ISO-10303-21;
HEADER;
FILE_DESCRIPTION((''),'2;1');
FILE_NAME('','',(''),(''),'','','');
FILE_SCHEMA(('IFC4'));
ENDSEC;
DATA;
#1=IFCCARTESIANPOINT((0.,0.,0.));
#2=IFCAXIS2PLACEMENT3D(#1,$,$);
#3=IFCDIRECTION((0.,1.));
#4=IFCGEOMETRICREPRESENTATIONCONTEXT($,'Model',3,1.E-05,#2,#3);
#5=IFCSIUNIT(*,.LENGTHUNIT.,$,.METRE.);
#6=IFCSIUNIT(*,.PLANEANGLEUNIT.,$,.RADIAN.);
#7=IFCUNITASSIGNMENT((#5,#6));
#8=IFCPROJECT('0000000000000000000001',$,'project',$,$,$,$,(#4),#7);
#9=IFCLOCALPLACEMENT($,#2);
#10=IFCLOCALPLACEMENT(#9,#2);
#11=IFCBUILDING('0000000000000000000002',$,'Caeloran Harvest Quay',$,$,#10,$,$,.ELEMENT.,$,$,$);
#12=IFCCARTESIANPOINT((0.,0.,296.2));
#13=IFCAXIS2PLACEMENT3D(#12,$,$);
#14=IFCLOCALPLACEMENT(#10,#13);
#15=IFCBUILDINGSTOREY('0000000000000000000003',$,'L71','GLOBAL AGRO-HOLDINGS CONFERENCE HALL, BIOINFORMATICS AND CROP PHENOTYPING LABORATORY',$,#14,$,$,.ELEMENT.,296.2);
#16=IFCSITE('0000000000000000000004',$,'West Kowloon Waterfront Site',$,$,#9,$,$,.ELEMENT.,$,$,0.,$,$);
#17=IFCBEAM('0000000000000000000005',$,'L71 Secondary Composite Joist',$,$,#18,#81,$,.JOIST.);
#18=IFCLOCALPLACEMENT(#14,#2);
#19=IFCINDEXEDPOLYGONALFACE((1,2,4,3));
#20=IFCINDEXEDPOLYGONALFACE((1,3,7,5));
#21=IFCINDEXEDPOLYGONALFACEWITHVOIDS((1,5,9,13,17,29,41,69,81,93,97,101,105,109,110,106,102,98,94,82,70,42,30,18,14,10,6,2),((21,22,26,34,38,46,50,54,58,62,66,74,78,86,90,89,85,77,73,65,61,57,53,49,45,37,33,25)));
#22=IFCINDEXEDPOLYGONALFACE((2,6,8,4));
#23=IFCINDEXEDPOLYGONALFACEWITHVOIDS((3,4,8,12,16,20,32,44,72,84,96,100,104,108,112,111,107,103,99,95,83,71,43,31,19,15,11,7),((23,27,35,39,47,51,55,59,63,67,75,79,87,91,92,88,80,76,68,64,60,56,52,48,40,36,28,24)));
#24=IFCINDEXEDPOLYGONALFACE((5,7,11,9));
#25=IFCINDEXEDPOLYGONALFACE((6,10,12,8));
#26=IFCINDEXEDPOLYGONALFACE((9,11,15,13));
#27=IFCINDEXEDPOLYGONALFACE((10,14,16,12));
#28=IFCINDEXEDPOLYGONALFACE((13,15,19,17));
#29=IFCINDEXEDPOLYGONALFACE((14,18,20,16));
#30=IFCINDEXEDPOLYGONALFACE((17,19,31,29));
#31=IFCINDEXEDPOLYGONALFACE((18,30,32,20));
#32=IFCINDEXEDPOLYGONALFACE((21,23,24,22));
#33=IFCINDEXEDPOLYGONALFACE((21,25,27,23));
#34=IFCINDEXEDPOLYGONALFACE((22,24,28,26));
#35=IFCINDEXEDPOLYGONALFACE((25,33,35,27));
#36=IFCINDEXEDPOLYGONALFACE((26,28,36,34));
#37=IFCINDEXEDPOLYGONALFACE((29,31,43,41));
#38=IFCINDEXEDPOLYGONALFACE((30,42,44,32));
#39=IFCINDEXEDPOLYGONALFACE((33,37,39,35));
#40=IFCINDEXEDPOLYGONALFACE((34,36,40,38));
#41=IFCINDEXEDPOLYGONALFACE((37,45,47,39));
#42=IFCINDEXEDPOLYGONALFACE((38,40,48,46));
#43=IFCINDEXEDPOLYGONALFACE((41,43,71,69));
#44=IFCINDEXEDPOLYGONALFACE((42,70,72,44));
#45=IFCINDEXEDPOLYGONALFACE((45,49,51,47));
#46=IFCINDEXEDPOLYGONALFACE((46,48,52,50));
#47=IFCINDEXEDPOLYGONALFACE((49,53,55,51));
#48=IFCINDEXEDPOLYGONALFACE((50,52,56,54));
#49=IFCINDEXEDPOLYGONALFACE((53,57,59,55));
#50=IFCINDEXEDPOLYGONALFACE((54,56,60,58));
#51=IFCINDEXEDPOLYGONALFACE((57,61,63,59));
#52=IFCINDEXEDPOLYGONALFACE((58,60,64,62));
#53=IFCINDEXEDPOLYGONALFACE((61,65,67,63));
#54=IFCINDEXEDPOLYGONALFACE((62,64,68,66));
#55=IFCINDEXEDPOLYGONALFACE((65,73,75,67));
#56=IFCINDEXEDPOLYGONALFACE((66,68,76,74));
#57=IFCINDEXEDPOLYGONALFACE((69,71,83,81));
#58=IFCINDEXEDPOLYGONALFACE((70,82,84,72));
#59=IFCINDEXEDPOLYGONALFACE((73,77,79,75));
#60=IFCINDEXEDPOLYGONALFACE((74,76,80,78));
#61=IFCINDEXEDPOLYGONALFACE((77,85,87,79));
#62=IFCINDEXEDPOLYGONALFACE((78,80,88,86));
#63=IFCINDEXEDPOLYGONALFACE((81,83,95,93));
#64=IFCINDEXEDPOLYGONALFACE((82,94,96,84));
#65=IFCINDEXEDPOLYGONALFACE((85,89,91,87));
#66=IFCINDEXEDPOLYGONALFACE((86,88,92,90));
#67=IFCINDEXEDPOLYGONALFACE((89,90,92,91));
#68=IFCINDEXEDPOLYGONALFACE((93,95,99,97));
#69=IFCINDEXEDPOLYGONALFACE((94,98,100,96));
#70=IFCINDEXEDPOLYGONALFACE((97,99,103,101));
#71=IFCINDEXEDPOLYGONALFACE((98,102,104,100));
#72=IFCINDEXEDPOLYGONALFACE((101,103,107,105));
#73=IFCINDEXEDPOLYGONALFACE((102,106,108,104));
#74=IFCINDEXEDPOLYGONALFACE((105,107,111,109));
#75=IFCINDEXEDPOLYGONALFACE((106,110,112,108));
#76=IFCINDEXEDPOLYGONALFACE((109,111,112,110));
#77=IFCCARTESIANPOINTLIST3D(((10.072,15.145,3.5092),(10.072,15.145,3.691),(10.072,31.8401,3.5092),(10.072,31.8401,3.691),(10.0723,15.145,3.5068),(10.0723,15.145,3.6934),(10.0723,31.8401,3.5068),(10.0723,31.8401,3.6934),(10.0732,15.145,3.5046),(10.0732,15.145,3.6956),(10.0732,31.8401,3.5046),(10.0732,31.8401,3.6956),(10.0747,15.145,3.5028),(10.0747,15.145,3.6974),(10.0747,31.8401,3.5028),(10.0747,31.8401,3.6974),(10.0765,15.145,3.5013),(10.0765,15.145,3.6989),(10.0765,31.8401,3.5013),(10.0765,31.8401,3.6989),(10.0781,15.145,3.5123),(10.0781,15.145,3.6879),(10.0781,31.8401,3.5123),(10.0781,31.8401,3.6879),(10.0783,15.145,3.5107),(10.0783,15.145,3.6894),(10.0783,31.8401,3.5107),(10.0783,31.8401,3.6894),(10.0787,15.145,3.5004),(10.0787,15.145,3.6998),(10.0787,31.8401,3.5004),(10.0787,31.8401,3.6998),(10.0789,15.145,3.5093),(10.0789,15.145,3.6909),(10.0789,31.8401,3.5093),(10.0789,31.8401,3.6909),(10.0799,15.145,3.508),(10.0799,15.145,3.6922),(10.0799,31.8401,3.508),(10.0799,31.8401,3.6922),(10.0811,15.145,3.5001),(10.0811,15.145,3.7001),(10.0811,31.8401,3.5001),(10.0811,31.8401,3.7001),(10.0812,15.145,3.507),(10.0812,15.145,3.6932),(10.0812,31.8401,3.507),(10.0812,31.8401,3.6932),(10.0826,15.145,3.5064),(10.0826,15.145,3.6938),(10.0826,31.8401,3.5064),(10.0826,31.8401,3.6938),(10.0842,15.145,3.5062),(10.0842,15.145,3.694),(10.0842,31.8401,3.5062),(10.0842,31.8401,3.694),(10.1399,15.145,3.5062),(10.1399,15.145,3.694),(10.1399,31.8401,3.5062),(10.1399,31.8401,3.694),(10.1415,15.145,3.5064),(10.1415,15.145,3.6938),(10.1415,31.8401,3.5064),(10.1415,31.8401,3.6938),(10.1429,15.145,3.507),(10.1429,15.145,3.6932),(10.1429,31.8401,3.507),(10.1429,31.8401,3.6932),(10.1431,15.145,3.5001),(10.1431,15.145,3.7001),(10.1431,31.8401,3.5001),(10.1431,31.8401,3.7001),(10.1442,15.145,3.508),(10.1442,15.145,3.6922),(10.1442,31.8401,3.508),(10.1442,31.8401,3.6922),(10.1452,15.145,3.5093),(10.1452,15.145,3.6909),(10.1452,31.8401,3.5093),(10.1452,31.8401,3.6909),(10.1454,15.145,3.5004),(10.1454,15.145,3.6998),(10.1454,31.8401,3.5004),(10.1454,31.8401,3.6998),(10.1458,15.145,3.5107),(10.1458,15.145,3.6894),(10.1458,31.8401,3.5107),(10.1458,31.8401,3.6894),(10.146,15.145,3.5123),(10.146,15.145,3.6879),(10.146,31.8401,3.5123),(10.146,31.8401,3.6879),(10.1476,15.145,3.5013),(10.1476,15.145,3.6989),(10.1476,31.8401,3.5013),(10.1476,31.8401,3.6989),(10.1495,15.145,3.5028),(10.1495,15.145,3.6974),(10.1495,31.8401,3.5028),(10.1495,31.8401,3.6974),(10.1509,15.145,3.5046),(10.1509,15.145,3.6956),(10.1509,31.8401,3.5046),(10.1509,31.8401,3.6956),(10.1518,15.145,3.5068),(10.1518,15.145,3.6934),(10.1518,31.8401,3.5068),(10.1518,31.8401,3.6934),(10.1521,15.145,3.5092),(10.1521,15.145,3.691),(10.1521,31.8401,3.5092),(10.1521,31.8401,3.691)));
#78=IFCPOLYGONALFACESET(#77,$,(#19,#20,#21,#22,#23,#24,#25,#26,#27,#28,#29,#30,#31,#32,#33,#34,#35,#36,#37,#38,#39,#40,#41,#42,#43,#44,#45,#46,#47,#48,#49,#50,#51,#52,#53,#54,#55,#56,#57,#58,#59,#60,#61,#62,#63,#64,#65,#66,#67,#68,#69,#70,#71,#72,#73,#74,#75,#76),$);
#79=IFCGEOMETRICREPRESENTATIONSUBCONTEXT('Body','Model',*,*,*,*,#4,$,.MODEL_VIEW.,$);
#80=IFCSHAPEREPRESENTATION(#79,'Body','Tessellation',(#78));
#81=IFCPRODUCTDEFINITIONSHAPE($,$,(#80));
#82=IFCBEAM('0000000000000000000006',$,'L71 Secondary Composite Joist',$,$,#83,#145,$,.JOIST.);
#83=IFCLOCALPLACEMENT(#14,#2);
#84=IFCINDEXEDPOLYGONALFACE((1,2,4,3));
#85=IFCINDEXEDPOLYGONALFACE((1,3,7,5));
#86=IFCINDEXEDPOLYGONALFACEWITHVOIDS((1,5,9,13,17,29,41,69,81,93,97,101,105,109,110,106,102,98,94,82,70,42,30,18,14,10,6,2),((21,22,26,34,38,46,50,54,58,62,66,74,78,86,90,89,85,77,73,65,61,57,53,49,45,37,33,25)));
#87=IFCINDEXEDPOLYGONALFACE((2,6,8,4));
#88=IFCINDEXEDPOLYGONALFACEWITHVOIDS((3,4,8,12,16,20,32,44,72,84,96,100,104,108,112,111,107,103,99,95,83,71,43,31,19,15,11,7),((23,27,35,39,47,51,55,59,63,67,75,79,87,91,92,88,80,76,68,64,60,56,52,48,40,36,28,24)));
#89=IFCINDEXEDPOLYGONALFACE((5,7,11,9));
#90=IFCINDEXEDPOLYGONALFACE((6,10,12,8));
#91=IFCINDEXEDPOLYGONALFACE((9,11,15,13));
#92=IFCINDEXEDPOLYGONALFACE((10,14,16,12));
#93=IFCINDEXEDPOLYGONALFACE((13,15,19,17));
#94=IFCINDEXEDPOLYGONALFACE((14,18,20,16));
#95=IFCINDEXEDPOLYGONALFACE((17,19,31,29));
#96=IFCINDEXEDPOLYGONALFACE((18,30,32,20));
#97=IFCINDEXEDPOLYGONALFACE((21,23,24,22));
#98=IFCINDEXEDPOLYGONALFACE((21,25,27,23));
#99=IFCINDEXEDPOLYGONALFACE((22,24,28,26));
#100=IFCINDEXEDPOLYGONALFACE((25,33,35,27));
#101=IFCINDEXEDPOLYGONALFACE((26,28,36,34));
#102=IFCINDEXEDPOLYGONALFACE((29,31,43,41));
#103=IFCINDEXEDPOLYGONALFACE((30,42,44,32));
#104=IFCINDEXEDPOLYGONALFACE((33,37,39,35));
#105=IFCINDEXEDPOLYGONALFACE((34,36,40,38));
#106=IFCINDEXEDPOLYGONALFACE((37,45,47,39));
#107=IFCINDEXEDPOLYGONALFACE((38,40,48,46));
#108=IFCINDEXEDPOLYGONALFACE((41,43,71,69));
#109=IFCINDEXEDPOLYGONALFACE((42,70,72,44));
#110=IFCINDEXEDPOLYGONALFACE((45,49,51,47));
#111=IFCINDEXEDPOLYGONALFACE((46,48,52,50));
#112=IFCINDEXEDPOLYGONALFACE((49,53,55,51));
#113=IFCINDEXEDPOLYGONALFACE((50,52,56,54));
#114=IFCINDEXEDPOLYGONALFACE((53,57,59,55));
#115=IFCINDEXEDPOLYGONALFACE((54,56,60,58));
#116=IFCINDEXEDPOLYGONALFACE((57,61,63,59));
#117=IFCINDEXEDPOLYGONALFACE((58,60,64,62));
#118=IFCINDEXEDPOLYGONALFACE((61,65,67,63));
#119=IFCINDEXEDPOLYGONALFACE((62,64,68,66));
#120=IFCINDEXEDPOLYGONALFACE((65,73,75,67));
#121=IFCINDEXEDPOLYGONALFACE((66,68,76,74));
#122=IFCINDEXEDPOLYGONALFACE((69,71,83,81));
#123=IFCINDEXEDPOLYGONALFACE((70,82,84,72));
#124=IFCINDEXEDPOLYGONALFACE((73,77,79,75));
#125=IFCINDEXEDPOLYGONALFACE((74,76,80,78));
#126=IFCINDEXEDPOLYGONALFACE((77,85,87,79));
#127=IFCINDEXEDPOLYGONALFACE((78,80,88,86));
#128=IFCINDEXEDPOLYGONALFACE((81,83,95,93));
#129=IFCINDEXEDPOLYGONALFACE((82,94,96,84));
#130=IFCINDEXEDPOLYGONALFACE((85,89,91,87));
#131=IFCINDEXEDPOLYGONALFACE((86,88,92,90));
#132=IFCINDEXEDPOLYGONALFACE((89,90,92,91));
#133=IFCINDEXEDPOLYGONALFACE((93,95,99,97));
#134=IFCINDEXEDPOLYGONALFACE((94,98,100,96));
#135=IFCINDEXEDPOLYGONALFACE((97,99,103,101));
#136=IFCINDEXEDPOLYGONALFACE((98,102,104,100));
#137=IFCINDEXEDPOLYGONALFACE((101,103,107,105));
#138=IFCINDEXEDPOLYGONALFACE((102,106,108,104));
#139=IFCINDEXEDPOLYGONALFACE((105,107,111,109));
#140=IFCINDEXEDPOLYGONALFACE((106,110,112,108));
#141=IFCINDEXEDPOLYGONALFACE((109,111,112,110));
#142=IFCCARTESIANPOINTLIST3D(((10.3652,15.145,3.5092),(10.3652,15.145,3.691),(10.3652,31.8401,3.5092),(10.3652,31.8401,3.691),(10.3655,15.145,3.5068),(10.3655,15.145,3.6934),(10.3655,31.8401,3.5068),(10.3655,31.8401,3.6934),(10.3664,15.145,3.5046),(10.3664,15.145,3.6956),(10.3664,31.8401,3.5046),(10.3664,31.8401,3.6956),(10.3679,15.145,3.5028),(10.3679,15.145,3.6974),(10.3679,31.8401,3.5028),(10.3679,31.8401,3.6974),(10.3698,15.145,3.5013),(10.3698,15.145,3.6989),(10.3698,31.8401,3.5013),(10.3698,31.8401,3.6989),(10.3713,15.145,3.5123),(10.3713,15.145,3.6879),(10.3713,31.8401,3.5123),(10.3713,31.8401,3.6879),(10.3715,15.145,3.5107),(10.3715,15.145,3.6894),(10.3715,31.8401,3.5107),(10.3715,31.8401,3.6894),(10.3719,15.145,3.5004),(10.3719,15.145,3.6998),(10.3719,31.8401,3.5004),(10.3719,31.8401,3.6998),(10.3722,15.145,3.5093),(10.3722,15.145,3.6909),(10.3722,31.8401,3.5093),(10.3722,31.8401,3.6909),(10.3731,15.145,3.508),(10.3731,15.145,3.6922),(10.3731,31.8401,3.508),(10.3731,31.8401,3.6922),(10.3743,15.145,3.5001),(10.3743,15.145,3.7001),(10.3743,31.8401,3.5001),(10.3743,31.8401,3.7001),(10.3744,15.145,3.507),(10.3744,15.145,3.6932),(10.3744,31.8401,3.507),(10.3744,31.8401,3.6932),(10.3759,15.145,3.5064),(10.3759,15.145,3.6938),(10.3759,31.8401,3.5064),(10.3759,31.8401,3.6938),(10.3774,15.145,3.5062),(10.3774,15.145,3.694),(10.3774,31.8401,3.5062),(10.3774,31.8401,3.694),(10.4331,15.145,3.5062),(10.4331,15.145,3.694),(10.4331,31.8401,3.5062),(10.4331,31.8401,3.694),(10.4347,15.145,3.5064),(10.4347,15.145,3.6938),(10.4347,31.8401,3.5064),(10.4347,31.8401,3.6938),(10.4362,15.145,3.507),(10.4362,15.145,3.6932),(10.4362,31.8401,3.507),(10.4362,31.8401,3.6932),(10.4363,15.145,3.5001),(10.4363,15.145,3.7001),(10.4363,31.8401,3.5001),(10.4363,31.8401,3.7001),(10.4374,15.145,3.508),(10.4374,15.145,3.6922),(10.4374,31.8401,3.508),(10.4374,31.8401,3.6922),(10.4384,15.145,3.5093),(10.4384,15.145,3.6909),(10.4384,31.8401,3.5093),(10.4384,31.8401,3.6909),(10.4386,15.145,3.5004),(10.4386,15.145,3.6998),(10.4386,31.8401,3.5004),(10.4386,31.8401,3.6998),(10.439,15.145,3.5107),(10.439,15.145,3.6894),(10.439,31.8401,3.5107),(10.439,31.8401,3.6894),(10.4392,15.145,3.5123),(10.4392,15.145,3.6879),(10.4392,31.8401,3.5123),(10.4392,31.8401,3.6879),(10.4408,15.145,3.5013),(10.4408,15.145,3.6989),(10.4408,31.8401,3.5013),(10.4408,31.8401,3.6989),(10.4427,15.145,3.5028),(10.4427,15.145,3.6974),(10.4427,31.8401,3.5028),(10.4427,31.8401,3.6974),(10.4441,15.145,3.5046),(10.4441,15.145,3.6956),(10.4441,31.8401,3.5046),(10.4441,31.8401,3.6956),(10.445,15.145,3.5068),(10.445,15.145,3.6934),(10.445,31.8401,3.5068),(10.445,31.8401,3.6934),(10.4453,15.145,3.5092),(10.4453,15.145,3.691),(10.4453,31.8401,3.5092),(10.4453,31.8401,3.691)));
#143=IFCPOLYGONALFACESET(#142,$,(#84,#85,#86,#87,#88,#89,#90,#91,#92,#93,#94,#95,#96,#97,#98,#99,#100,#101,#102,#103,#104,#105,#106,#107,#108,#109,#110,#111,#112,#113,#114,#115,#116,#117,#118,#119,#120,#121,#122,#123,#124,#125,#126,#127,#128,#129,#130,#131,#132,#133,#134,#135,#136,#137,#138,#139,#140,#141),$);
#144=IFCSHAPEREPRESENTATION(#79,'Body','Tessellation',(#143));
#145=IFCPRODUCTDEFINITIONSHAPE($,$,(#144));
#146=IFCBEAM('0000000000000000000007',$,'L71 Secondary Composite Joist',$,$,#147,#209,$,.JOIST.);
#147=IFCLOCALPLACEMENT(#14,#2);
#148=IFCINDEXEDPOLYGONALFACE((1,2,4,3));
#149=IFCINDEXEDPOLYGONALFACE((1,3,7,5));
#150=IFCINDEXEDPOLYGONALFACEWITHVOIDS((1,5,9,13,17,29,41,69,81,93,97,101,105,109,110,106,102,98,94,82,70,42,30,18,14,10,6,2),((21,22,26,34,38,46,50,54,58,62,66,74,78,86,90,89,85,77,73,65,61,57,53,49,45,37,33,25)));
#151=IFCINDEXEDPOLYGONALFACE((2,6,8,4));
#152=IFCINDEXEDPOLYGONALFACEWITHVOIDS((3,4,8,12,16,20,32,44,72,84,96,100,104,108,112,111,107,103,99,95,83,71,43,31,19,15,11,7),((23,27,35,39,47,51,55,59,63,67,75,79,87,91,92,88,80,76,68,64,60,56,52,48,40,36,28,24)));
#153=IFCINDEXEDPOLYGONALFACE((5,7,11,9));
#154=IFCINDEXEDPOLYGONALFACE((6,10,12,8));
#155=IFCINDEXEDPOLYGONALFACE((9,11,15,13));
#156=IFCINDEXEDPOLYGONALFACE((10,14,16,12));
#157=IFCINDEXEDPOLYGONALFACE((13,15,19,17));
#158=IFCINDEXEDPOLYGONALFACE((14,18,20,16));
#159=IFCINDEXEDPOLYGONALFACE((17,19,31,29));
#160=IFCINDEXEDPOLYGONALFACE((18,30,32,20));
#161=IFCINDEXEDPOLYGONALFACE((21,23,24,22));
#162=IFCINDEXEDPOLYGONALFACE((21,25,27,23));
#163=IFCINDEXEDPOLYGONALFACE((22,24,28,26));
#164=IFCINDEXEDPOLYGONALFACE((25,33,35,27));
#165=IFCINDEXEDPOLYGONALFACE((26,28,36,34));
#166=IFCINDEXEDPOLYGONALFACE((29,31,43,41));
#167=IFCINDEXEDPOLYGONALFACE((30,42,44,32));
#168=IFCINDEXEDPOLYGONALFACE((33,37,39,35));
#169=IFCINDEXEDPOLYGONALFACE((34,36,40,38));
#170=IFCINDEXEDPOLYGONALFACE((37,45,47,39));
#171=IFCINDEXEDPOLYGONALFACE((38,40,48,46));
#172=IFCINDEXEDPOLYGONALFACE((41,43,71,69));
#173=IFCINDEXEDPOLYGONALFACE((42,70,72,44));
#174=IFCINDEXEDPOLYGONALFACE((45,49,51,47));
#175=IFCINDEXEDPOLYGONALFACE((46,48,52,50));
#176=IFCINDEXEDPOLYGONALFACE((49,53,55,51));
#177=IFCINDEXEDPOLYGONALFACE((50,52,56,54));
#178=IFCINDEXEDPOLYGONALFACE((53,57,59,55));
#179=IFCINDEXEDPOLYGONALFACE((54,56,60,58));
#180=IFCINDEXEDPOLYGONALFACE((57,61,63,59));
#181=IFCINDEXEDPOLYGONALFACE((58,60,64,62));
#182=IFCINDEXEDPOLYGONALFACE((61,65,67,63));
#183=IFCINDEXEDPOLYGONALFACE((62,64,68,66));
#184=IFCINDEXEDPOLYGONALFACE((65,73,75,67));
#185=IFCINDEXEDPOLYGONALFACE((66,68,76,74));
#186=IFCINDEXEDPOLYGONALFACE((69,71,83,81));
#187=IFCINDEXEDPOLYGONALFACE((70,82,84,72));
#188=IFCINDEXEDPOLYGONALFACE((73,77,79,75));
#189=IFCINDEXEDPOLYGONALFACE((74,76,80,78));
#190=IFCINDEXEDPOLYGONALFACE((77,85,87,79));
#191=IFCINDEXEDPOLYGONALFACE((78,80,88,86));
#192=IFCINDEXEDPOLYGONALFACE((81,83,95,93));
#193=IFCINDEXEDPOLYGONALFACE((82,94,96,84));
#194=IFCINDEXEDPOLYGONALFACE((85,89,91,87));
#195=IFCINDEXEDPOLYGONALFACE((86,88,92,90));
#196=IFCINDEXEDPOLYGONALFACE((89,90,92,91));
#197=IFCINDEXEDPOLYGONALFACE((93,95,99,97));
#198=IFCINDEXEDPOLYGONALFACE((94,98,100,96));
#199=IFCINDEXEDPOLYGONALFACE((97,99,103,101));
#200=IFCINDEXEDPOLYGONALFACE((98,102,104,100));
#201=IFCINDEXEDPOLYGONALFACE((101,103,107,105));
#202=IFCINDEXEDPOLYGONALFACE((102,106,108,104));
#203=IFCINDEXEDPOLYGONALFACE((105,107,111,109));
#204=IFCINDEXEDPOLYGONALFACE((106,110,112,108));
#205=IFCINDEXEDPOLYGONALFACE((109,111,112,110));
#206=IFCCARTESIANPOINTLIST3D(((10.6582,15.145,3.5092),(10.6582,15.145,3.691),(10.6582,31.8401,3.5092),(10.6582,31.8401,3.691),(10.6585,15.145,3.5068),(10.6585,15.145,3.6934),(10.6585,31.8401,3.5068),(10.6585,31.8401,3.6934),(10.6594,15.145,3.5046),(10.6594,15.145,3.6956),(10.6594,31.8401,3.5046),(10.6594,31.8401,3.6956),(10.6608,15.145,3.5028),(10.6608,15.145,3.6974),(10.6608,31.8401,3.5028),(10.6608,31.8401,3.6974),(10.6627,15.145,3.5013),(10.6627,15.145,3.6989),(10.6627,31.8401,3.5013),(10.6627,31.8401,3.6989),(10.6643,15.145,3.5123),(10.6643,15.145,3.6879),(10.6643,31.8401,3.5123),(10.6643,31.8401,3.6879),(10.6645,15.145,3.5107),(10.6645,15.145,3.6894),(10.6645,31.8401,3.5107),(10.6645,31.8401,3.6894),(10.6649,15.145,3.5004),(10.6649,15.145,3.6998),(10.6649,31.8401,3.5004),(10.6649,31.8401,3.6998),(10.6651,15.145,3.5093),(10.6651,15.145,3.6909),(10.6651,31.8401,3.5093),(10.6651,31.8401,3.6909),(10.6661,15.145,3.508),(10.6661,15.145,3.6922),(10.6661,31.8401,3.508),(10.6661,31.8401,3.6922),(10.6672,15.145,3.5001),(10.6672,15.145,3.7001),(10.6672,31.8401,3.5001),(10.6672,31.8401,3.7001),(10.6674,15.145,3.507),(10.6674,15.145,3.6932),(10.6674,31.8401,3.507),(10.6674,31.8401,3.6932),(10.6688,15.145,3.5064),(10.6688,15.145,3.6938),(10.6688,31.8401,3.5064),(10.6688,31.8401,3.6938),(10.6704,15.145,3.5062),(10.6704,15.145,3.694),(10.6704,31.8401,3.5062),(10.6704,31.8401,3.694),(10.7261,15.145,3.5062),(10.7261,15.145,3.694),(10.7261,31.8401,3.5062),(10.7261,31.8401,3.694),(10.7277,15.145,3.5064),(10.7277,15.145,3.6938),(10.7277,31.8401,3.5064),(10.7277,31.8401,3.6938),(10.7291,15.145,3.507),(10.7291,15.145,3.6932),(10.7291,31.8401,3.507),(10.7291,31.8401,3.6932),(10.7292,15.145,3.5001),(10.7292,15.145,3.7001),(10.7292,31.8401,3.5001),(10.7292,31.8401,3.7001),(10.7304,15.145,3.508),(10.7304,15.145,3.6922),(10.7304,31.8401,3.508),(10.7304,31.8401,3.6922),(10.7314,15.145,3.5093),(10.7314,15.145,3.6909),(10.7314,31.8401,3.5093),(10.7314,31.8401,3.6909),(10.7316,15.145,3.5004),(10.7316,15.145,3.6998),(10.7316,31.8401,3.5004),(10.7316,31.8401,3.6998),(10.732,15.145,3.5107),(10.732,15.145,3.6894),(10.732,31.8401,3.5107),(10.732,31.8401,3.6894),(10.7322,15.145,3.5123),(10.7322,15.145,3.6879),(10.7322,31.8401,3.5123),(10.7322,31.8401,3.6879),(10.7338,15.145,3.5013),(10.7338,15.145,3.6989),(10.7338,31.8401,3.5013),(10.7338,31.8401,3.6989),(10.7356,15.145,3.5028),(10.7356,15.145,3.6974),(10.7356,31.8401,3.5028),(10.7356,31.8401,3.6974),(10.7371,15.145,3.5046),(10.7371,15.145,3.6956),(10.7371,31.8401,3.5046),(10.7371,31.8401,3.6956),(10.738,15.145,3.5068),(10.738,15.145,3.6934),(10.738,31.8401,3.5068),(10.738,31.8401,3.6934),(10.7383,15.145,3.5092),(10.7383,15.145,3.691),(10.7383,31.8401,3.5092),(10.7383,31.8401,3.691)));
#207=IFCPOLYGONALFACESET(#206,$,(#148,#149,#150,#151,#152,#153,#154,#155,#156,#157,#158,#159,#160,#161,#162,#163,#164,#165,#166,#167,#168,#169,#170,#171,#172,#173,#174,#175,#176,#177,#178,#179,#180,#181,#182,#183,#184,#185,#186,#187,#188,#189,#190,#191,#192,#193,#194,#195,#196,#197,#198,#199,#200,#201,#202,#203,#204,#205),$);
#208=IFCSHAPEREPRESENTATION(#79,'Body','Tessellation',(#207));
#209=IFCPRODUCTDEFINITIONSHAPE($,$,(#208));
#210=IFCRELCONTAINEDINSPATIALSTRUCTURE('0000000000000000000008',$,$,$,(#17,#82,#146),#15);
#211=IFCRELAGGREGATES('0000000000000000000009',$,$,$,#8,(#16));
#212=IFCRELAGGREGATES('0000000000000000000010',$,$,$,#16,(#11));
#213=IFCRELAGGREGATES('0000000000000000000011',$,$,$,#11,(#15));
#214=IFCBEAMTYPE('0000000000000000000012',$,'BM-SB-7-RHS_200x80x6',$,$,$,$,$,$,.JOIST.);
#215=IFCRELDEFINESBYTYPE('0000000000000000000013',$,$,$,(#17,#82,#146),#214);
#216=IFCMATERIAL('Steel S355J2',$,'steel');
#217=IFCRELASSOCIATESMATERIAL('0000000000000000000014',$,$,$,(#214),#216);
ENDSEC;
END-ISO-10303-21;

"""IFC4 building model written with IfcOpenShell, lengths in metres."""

from ifc_helpers import new_model, si_unit, direction, frame, origin, origin_2d, place, context, subcontext, project, spatial, hollow_rectangle, extrude, material, material_profile, profile_set, type_object, element, save


model = new_model("IFC4")

# Units and contexts
model_context = context("Model", 3, precision=1e-05, world=origin(), true_north=direction((0.0, 1.0)))
body_context = subcontext(model_context, "Body", "Model", "MODEL_VIEW")
ifc_project = project(units=[si_unit("LENGTHUNIT", "METRE"), si_unit("PLANEANGLEUNIT", "RADIAN")], contexts=[model_context])

# Site, building, storey
site_placement = place(None, origin())
site = spatial("IfcSite", under=ifc_project, at=site_placement, Name="West Kowloon Waterfront Site", CompositionType="ELEMENT", RefElevation=0.0)
building_placement = place(site_placement, origin())
building = spatial("IfcBuilding", under=site, at=building_placement, Name="Caeloran Harvest Quay", CompositionType="ELEMENT")
storey_placement = place(building_placement, frame((0.0, 0.0, 296.2)))
storey = spatial("IfcBuildingStorey", under=building, at=storey_placement, Name="L71", Description="GLOBAL AGRO-HOLDINGS CONFERENCE HALL, BIOINFORMATICS AND CROP PHENOTYPING LABORATORY", CompositionType="ELEMENT", Elevation=296.2)

# Beams
ifc_material_1 = material(Name="Steel S355J2", Category="steel")
ifc_material_profile_1 = material_profile(ifc_material_1, hollow_rectangle(XDim=0.0801, YDim=0.2, WallThickness=0.0061, InnerFilletRadius=0.0061, OuterFilletRadius=0.009, at=origin_2d()), Name="RHS 200x80x6")
ifc_profile_set_1 = profile_set([ifc_material_profile_1], Name="Steel S355J2")
beam_type_1 = type_object("IfcBeamType", Name="BM-SB-7-RHS_200x80x6", PredefinedType="JOIST", material=ifc_profile_set_1)
for number, where, z_axis, x_axis, name in (
    (1, (10.1121, 15.145, 3.6001), (0.0, 1.0, 0.0), (-1.0, 0.0, 0.0), "L71 Secondary Composite Joist"),
    (2, (10.4053, 15.145, 3.6001), (0.0, 1.0, 0.0), (-1.0, 0.0, 0.0), "L71 Secondary Composite Joist"),
    (3, (10.6982, 15.145, 3.6001), (0.0, 1.0, 0.0), (-1.0, 0.0, 0.0), "L71 Secondary Composite Joist"),
):
    element("IfcBeam", number, at=place(storey_placement, frame(where, z_axis=z_axis, x_axis=x_axis)), inside=storey, type_object=beam_type_1, Name=name, PredefinedType="JOIST", context=body_context, shape_type="SweptSolid", body=[
        extrude(hollow_rectangle(XDim=0.0801, YDim=0.2, WallThickness=0.0061, InnerFilletRadius=0.0061, OuterFilletRadius=0.009, at=origin_2d()), origin(), (0.0, 0.0, 1.0), 16.6951),
    ])

save(model, "model.ifc")
